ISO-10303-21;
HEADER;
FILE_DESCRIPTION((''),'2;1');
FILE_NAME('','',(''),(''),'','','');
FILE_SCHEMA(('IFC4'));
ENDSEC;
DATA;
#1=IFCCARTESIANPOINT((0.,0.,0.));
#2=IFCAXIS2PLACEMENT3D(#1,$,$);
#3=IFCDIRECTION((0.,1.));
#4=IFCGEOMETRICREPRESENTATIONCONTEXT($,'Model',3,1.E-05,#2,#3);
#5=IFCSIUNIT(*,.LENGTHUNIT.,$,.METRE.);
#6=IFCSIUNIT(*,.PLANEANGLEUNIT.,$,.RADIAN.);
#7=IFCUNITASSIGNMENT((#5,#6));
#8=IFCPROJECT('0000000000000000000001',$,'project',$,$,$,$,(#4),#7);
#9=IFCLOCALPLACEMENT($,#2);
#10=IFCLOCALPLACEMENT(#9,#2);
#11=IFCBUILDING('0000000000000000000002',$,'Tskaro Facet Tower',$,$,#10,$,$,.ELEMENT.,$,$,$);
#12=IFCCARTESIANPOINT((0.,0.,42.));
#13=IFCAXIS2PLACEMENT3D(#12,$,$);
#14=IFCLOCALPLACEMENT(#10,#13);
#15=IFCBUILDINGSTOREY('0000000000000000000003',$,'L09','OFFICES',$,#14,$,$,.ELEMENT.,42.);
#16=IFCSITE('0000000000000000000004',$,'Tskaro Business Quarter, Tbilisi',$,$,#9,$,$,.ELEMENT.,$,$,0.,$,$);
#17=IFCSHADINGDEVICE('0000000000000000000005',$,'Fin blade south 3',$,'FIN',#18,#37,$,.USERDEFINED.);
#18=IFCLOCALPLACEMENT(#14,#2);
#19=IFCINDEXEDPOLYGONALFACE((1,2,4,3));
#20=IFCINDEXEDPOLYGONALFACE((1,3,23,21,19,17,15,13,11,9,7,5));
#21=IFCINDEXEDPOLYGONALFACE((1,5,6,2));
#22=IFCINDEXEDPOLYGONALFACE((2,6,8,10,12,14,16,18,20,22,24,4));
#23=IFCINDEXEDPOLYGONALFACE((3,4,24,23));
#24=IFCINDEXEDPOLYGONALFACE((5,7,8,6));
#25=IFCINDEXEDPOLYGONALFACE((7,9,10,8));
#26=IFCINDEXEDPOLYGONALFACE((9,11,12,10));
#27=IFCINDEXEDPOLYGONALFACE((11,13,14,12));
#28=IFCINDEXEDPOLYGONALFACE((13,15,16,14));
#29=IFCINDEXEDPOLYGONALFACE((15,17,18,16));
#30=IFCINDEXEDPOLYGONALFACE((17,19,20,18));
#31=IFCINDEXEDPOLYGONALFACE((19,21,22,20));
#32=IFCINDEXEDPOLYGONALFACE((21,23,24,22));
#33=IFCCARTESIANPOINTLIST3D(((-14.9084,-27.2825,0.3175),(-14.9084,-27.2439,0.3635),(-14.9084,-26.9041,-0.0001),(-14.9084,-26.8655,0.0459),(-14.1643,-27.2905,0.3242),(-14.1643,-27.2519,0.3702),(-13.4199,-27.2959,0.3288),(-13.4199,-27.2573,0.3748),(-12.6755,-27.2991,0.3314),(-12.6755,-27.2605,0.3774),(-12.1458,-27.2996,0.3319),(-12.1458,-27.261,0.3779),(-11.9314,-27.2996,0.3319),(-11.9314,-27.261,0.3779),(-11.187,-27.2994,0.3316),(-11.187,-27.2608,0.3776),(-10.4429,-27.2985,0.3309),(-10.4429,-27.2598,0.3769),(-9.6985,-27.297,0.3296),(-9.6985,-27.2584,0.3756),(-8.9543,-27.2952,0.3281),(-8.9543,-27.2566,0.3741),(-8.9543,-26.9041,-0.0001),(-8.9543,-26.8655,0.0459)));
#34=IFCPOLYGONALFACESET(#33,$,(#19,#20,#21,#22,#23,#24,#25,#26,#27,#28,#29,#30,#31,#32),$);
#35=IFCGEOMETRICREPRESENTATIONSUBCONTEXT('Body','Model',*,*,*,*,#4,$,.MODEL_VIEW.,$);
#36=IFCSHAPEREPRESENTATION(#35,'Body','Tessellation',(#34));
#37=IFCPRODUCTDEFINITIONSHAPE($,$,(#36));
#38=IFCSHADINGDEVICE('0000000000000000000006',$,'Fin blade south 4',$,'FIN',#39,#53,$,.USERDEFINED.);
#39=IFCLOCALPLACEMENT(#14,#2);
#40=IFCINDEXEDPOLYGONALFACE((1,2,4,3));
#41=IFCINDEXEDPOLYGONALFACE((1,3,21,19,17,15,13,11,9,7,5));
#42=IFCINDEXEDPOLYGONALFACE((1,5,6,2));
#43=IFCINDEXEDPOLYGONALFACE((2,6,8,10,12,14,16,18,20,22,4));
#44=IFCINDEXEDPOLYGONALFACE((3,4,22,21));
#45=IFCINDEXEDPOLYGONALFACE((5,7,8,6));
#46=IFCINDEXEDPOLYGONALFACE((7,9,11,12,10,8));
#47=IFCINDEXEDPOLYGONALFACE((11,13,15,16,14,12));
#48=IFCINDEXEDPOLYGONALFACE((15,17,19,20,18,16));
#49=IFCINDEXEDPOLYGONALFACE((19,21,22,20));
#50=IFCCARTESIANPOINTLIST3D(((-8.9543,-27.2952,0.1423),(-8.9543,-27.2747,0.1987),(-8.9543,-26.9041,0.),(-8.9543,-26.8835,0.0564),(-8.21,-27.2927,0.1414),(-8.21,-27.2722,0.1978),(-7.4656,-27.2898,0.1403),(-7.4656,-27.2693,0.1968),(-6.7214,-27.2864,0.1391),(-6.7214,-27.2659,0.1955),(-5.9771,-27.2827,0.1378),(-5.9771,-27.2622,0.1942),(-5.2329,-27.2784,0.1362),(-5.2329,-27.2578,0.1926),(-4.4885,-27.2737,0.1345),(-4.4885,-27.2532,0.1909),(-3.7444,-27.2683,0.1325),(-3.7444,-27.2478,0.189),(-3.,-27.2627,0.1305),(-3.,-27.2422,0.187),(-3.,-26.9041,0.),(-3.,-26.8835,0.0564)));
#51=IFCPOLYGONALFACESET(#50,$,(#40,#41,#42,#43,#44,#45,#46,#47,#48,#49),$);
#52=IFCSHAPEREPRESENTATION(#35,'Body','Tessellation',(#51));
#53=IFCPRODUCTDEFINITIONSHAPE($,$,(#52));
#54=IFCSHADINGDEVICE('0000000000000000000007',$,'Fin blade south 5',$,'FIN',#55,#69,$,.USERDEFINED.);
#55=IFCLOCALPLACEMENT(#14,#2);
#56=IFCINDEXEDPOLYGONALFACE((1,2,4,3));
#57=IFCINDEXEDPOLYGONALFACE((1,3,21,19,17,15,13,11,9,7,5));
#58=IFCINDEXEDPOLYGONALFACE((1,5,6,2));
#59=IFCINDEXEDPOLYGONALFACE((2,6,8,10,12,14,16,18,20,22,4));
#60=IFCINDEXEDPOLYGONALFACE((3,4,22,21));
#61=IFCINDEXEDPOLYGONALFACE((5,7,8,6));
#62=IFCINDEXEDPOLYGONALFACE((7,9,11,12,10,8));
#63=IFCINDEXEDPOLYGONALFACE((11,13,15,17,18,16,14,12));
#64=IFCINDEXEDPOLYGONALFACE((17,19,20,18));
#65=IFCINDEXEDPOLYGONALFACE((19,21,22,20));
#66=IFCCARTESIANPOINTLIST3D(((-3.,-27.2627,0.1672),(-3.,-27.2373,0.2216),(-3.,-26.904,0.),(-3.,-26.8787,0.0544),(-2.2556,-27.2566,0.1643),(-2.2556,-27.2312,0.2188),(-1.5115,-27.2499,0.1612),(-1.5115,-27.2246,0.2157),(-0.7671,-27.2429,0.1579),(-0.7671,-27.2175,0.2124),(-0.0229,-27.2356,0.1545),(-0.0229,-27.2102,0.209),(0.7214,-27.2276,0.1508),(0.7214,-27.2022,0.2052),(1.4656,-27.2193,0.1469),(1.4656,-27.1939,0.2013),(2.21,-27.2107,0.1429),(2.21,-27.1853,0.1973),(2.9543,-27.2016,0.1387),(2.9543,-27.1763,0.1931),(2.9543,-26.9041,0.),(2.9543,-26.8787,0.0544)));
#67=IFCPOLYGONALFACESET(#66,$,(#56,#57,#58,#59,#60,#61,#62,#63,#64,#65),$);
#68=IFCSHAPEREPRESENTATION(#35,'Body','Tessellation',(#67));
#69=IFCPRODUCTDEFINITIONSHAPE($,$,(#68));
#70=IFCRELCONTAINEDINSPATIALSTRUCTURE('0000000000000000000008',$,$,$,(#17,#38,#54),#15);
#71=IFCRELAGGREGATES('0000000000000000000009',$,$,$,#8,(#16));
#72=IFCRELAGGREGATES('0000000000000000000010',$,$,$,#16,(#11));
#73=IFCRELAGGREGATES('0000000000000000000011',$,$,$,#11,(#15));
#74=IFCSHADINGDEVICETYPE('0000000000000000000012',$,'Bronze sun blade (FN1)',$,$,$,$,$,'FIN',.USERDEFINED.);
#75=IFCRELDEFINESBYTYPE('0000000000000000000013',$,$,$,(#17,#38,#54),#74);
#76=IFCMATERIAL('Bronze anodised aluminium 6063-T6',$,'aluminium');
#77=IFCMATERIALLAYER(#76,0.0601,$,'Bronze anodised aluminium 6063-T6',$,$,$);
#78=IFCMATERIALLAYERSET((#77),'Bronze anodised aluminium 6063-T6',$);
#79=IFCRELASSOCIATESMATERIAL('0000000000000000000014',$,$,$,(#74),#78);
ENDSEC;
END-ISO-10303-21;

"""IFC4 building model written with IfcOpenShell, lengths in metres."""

from ifc_helpers import new_model, si_unit, direction, frame, origin, place, context, subcontext, project, spatial, polyline, outline, extrude, material, layer, layer_set, type_object, element, save


model = new_model("IFC4")

# Units and contexts
model_context = context("Model", 3, precision=1e-05, world=origin(), true_north=direction((0.0, 1.0)))
body_context = subcontext(model_context, "Body", "Model", "MODEL_VIEW")
ifc_project = project(units=[si_unit("LENGTHUNIT", "METRE"), si_unit("PLANEANGLEUNIT", "RADIAN")], contexts=[model_context])

# Site, building, storey
site_placement = place(None, origin())
site = spatial("IfcSite", under=ifc_project, at=site_placement, Name="Tskaro Business Quarter, Tbilisi", CompositionType="ELEMENT", RefElevation=0.0)
building_placement = place(site_placement, origin())
building = spatial("IfcBuilding", under=site, at=building_placement, Name="Tskaro Facet Tower", CompositionType="ELEMENT")
storey_placement = place(building_placement, frame((0.0, 0.0, 42.0)))
storey = spatial("IfcBuildingStorey", under=building, at=storey_placement, Name="L09", Description="OFFICES", CompositionType="ELEMENT", Elevation=42.0)

# Shared definitions
ifc_material_1 = material(Name="Bronze anodised aluminium 6063-T6", Category="aluminium")

# Shading devices
ifc_layer_1 = layer(ifc_material_1, 0.0601, Name="Bronze anodised aluminium 6063-T6")
ifc_layer_set_1 = layer_set([ifc_layer_1], Name="Bronze anodised aluminium 6063-T6")
shading_device_type = type_object("IfcShadingDeviceType", Name="Bronze sun blade (FN1)", ElementType="FIN", PredefinedType="USERDEFINED", material=ifc_layer_set_1)
shading_device_1_placement = place(storey_placement, frame((-14.9084, -26.8655, 0.0459), z_axis=(0.00001, 0.642903, 0.765947), x_axis=(1.0, -0.000006, -0.000007)))
element("IfcShadingDevice", 1, at=shading_device_1_placement, inside=storey, type_object=shading_device_type, Name="Fin blade south 3", ObjectType="FIN", PredefinedType="USERDEFINED", context=body_context, shape_type="SweptSolid", body=[
    extrude(outline(polyline([(0.0, 0.0), (5.9541, 0.0), (5.9541, -0.5105), (5.21, -0.5129), (4.4656, -0.5148), (3.7214, -0.5161), (2.9771, -0.5164), (2.7627, -0.5164), (2.2329, -0.5157), (1.4885, -0.5116), (0.7441, -0.5045), (0.0, -0.4941), (0.0, 0.0)])), origin(), (0.0, 0.0, -1.0), 0.0601),
])
shading_device_2_placement = place(storey_placement, frame((-8.9543, -26.8835, 0.0564), z_axis=(-0.000007, 0.341957, 0.939716), x_axis=(1.0, 0.000002, 0.000007)))
element("IfcShadingDevice", 2, at=shading_device_2_placement, inside=storey, type_object=shading_device_type, Name="Fin blade south 4", ObjectType="FIN", PredefinedType="USERDEFINED", context=body_context, shape_type="SweptSolid", body=[
    extrude(outline(polyline([(0.0, 0.0), (5.9543, 0.0), (5.9543, -0.3817), (5.21, -0.3876), (4.4658, -0.3933), (3.7214, -0.3983), (2.9773, -0.4029), (2.2329, -0.4069), (1.4888, -0.4105), (0.7444, -0.4136), (0.0, -0.4162), (0.0, 0.0)])), origin(), (0.0, 0.0, -1.0), 0.0601),
])
shading_device_3_placement = place(storey_placement, frame((-3.0, -26.8787, 0.0544), z_axis=(0.000009, 0.422457, 0.906383), x_axis=(1.0, -0.000004, -0.000008)))
element("IfcShadingDevice", 3, at=shading_device_3_placement, inside=storey, type_object=shading_device_type, Name="Fin blade south 5", ObjectType="FIN", PredefinedType="USERDEFINED", context=body_context, shape_type="SweptSolid", body=[
    extrude(outline(polyline([(0.0, 0.0), (5.9543, 0.0), (5.9543, -0.3283), (5.21, -0.3383), (4.4656, -0.3478), (3.7214, -0.3569), (2.9771, -0.3658), (2.2329, -0.3739), (1.4885, -0.3816), (0.7444, -0.3889), (0.0, -0.3957), (0.0, 0.0)])), origin(), (0.0, 0.0, -1.0), 0.0601),
])

save(model, "model.ifc")
